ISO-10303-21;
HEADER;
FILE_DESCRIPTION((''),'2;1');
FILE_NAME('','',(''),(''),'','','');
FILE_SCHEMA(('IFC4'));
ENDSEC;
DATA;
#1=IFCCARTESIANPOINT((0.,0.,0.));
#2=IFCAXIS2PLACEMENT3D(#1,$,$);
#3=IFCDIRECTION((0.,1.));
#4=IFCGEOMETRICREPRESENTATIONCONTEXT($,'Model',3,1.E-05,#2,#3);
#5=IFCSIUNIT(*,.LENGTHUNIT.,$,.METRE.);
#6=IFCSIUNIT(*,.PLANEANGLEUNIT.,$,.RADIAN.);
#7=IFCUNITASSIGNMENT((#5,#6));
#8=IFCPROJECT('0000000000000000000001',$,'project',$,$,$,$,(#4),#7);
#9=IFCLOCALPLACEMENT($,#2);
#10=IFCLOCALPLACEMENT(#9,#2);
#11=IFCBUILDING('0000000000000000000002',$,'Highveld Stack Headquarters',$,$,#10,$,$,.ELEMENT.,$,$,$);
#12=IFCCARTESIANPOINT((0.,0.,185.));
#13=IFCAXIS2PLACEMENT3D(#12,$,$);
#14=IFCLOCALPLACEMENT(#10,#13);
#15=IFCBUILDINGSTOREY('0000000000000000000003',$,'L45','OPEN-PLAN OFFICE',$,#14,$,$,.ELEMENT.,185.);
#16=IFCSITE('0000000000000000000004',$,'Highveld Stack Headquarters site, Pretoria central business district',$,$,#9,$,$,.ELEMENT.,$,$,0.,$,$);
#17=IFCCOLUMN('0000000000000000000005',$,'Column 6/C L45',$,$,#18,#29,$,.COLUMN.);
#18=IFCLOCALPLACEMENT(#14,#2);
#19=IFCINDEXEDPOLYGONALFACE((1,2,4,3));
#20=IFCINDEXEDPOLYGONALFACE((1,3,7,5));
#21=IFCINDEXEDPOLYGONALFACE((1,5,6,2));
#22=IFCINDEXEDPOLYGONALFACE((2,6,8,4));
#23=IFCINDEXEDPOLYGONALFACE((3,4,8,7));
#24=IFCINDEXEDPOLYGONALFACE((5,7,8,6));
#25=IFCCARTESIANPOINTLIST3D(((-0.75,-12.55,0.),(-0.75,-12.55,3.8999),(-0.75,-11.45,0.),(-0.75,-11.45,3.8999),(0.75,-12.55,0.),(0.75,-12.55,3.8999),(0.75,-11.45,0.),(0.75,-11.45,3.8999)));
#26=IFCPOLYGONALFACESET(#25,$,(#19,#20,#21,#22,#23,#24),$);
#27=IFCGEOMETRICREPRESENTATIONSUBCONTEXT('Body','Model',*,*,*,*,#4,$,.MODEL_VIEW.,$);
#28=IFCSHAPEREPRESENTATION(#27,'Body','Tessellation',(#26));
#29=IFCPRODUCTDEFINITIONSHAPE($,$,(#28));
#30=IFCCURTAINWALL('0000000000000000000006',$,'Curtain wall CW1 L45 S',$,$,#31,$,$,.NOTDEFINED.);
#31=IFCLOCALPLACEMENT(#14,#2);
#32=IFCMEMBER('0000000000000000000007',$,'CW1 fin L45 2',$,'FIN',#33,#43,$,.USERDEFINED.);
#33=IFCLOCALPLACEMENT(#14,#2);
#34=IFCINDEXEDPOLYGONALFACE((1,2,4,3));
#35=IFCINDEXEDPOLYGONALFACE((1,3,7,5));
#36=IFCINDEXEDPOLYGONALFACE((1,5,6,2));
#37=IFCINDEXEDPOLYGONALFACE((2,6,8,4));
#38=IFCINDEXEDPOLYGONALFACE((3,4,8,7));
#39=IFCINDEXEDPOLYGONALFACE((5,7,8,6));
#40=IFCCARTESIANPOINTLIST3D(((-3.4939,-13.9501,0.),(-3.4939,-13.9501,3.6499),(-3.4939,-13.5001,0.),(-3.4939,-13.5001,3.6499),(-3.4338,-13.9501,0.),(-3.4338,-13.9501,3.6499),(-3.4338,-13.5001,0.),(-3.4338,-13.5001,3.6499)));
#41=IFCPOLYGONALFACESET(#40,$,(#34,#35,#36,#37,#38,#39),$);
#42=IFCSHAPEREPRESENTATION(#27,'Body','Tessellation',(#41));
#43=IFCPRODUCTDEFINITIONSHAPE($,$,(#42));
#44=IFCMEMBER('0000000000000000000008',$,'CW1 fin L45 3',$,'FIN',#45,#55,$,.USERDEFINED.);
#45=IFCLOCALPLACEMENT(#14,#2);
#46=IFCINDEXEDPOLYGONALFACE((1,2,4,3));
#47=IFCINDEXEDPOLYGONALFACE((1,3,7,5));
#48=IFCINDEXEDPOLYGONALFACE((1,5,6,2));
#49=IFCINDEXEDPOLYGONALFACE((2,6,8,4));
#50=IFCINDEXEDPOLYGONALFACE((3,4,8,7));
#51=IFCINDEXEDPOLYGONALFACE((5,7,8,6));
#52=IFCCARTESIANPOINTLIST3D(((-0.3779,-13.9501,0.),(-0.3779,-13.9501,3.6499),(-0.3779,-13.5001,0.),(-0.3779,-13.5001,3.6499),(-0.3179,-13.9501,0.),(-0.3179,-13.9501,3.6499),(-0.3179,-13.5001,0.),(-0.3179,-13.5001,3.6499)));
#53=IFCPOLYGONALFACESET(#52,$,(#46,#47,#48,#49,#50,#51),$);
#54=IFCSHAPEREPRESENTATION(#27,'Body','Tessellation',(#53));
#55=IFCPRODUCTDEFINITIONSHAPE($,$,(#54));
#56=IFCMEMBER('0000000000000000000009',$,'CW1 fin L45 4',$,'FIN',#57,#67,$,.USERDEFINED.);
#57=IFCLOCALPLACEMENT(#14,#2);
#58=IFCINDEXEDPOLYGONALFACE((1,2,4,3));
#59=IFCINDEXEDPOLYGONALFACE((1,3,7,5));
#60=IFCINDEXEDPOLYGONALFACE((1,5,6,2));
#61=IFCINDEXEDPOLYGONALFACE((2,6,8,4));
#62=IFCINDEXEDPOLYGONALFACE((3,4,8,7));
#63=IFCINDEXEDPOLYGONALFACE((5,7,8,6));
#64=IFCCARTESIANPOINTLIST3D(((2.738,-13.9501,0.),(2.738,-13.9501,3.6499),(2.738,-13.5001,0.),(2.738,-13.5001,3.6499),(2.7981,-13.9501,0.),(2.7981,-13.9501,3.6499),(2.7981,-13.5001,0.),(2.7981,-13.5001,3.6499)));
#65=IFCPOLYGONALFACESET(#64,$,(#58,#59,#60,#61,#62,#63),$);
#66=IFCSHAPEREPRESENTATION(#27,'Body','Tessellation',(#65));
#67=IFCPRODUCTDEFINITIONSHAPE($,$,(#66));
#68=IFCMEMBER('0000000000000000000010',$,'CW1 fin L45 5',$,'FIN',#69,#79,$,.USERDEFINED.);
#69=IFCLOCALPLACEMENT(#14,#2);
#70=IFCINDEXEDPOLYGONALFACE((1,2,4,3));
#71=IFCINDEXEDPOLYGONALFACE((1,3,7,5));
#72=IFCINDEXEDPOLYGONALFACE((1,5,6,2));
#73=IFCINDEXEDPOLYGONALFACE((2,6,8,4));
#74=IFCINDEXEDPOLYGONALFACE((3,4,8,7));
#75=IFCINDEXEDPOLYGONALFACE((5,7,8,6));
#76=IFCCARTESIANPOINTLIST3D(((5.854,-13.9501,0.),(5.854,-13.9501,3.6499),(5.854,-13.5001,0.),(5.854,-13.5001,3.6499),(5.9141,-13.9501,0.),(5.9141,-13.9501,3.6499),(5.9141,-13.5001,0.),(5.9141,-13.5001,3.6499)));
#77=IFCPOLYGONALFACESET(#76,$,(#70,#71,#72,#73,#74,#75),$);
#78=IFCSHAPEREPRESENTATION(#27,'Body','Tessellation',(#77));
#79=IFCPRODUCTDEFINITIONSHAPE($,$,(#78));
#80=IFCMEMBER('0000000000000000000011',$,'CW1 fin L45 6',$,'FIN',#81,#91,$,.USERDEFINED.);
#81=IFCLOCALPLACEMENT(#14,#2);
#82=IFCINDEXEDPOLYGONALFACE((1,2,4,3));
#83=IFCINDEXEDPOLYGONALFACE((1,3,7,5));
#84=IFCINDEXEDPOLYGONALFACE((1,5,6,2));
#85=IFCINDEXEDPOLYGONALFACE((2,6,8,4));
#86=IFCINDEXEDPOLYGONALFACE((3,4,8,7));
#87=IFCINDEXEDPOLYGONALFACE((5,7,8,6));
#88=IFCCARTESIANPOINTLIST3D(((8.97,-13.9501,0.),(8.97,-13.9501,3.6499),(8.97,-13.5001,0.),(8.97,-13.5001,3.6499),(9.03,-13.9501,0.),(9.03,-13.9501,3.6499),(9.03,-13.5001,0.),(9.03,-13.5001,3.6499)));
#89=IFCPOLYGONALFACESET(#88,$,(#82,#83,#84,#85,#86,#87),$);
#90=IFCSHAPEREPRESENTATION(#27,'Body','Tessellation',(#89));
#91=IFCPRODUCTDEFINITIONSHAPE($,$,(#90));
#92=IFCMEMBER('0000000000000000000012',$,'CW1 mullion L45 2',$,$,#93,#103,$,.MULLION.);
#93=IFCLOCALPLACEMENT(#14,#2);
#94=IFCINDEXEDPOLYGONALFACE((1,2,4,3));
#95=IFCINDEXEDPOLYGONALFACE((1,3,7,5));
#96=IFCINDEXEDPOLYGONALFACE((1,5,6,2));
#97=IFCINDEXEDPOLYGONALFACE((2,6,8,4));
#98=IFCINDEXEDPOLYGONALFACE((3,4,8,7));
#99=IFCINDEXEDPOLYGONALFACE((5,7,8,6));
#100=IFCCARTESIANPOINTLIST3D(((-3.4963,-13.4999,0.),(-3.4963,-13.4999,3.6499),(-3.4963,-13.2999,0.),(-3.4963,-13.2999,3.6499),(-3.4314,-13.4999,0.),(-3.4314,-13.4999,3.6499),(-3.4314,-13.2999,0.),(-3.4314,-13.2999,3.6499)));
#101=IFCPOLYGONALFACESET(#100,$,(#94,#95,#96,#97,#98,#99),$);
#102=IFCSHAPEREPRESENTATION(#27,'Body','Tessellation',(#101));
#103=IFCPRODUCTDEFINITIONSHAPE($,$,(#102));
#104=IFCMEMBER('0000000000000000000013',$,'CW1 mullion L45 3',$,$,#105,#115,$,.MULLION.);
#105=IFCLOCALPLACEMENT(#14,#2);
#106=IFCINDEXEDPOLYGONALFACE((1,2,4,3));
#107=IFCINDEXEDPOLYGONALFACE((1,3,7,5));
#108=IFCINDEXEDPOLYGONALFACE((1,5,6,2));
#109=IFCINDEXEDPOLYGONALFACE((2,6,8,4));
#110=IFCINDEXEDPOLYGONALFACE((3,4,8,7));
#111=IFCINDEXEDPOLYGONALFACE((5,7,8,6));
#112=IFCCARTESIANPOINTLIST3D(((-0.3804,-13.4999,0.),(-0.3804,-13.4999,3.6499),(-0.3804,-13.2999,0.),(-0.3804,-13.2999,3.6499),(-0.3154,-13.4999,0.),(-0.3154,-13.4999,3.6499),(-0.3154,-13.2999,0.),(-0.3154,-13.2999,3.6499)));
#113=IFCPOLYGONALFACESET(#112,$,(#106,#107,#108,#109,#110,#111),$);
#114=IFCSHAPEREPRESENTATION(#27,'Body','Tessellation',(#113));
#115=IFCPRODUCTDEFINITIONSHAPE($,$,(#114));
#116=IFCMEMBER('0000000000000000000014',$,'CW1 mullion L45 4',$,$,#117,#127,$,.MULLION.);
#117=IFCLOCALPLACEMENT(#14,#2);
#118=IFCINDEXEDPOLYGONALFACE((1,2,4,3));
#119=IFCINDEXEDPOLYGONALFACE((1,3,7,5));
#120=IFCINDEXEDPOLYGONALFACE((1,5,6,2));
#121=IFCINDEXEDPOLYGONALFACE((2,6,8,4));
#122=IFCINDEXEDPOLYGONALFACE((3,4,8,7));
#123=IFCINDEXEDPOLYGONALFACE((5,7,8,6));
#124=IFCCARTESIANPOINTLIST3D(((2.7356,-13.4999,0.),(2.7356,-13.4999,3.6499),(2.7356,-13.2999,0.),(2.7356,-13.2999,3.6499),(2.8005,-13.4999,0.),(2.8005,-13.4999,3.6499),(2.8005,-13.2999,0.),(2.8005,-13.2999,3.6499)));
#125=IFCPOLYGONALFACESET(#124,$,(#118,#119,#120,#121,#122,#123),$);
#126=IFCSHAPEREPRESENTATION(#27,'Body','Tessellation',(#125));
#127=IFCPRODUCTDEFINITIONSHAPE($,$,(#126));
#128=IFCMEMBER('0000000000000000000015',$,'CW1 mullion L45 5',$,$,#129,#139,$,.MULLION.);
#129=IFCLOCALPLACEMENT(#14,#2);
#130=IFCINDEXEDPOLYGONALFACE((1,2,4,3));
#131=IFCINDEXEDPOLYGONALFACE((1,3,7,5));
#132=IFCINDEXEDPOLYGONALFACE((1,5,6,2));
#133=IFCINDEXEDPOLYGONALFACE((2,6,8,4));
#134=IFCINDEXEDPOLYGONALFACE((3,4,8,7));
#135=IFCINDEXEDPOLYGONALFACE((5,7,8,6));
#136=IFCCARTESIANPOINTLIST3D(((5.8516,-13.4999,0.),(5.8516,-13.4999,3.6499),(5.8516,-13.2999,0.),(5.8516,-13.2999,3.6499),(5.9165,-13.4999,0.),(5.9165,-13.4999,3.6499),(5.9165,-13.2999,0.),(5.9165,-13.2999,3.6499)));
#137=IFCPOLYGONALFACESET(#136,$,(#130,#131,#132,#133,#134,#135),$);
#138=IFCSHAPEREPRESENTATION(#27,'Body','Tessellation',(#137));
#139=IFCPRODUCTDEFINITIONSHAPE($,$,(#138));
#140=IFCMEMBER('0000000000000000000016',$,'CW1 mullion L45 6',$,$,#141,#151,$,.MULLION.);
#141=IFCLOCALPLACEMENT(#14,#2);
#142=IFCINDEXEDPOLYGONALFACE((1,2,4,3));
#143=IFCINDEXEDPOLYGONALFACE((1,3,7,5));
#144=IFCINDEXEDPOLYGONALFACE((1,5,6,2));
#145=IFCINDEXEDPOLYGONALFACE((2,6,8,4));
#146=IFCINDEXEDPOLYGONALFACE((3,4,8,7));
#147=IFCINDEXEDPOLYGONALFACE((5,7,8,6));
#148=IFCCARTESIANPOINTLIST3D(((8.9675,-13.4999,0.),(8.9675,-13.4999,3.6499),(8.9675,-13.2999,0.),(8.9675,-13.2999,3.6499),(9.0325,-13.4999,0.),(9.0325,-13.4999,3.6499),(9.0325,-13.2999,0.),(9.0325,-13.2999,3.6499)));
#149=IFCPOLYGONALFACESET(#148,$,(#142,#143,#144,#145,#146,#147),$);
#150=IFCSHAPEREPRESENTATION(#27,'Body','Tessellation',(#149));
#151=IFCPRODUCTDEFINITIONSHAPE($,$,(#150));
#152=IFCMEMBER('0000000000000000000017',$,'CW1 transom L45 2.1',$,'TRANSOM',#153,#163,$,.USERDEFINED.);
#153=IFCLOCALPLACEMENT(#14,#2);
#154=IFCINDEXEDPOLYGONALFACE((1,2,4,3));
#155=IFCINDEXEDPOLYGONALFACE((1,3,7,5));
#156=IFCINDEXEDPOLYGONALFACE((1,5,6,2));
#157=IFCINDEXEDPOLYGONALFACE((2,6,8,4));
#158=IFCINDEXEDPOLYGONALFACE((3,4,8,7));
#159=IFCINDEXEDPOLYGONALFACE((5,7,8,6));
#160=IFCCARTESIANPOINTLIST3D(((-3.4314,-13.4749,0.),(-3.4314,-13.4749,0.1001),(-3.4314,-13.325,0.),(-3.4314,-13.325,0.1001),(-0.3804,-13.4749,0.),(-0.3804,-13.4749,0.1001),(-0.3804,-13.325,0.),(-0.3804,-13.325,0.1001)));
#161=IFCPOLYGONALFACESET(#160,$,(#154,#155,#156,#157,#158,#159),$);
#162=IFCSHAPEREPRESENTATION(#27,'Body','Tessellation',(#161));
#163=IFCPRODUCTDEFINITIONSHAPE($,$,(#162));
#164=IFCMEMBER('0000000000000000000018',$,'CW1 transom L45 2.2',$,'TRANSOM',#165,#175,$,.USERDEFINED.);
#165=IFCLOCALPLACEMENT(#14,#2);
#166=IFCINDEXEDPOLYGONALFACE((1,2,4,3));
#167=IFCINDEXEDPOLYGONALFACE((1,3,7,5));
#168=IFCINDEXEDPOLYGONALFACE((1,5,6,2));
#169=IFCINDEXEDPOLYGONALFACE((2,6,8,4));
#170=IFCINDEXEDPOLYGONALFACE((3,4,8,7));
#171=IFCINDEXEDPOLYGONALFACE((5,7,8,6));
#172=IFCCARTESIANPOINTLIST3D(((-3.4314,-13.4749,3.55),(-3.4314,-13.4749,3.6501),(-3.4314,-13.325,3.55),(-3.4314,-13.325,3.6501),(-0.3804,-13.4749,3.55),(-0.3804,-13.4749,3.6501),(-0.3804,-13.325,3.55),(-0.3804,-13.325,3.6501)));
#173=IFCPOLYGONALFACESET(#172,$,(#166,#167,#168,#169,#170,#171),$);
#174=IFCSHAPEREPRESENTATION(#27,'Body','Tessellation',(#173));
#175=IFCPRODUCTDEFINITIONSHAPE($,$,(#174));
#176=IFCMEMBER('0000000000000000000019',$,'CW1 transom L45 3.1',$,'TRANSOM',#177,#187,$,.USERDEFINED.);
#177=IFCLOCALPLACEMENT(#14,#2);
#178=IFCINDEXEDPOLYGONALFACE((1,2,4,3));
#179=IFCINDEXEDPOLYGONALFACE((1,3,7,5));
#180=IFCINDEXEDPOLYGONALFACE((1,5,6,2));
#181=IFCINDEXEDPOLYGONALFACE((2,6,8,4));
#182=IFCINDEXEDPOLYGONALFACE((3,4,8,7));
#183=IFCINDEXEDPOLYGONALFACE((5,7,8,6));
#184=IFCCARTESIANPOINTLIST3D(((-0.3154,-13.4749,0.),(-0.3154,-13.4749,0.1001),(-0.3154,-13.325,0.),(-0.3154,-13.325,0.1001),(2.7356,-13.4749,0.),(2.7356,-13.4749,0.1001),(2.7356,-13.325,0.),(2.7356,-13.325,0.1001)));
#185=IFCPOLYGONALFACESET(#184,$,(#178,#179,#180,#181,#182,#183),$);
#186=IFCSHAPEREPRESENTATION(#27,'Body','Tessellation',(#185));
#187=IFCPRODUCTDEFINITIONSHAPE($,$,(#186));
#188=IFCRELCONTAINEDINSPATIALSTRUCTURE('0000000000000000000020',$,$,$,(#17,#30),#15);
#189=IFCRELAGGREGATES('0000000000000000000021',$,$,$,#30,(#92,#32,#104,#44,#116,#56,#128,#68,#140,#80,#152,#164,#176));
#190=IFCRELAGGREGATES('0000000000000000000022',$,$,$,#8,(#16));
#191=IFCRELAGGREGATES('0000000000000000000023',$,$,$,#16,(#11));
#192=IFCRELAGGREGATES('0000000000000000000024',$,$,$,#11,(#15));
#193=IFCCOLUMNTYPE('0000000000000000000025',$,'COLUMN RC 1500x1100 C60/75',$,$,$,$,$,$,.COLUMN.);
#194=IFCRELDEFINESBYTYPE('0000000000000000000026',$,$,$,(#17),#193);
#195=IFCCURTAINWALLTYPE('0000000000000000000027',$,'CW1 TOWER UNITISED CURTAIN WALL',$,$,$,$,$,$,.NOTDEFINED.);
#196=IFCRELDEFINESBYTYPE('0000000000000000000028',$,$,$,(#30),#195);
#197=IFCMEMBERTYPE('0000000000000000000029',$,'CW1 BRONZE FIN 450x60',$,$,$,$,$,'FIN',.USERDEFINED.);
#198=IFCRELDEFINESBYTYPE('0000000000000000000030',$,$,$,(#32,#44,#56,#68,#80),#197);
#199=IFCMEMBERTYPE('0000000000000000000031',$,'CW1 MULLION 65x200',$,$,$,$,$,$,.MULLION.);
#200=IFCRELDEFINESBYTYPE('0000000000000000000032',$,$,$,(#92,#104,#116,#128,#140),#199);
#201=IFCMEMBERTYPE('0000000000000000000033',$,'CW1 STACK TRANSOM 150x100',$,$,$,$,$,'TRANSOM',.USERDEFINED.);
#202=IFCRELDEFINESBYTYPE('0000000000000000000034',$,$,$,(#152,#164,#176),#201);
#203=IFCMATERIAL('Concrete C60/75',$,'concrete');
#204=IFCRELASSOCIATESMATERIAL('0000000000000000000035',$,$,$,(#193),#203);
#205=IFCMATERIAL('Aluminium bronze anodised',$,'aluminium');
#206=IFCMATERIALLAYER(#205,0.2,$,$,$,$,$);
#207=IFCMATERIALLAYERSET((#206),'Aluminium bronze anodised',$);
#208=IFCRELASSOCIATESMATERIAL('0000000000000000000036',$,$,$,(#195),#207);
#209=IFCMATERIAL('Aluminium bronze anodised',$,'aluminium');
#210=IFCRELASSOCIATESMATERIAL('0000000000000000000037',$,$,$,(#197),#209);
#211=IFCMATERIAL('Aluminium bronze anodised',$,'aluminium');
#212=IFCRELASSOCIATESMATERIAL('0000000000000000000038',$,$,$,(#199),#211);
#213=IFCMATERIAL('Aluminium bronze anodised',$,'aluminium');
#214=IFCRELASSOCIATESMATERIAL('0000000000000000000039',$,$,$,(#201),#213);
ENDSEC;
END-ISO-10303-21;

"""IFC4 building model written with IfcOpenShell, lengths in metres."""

from ifc_helpers import new_model, si_unit, direction, frame, origin, origin_2d, place, context, subcontext, project, spatial, rectangle, extrude, material, layer, layer_set, material_profile, profile_set, type_object, element, aggregate, save


model = new_model("IFC4")

# Units and contexts
model_context = context("Model", 3, precision=1e-05, world=origin(), true_north=direction((0.0, 1.0)))
body_context = subcontext(model_context, "Body", "Model", "MODEL_VIEW")
ifc_project = project(units=[si_unit("LENGTHUNIT", "METRE"), si_unit("PLANEANGLEUNIT", "RADIAN")], contexts=[model_context])

# Site, building, storey
site_placement = place(None, origin())
site = spatial("IfcSite", under=ifc_project, at=site_placement, Name="Highveld Stack Headquarters site, Pretoria central business district", CompositionType="ELEMENT", RefElevation=0.0)
building_placement = place(site_placement, origin())
building = spatial("IfcBuilding", under=site, at=building_placement, Name="Highveld Stack Headquarters", CompositionType="ELEMENT")
storey_placement = place(building_placement, frame((0.0, 0.0, 185.0)))
storey = spatial("IfcBuildingStorey", under=building, at=storey_placement, Name="L45", Description="OPEN-PLAN OFFICE", CompositionType="ELEMENT", Elevation=185.0)

# Column
ifc_material_1 = material(Name="Concrete C60/75", Category="concrete")
ifc_material_profile_1 = material_profile(ifc_material_1, rectangle(XDim=1.5, YDim=1.1001, at=origin_2d()), Name="RC 1500x1100")
ifc_profile_set_1 = profile_set([ifc_material_profile_1], Name="Concrete C60/75")
column_type = type_object("IfcColumnType", Name="COLUMN RC 1500x1100 C60/75", PredefinedType="COLUMN", material=ifc_profile_set_1)
column_placement = place(storey_placement, frame((0.0, -12.0, 0.0), z_axis=(0.0, 0.0, 1.0), x_axis=(1.0, 0.0, 0.0)))
element("IfcColumn", 1, at=column_placement, inside=storey, type_object=column_type, Name="Column 6/C L45", PredefinedType="COLUMN", context=body_context, shape_type="SweptSolid", body=[
    extrude(rectangle(XDim=1.5, YDim=1.1001, at=origin_2d()), origin(), (0.0, 0.0, 1.0), 3.8999),
])

# Curtain wall, members
ifc_material_2 = material(Name="Aluminium bronze anodised", Category="aluminium")
ifc_layer_1 = layer(ifc_material_2, 0.2)
ifc_layer_set_1 = layer_set([ifc_layer_1], Name="Aluminium bronze anodised")
curtain_wall_type = type_object("IfcCurtainWallType", Name="CW1 TOWER UNITISED CURTAIN WALL", PredefinedType="NOTDEFINED", material=ifc_layer_set_1)
curtain_wall_placement = place(storey_placement, origin())
curtain_wall = element("IfcCurtainWall", 2, at=curtain_wall_placement, inside=storey, type_object=curtain_wall_type, Name="Curtain wall CW1 L45 S", PredefinedType="NOTDEFINED")
ifc_material_3 = material(Name="Aluminium bronze anodised", Category="aluminium")
ifc_material_profile_2 = material_profile(ifc_material_3, rectangle(XDim=0.45, YDim=0.0601, at=origin_2d()), Name="FIN 450x60")
ifc_profile_set_2 = profile_set([ifc_material_profile_2], Name="Aluminium bronze anodised")
member_type_1 = type_object("IfcMemberType", Name="CW1 BRONZE FIN 450x60", ElementType="FIN", PredefinedType="USERDEFINED", material=ifc_profile_set_2)
member_1_placement = place(storey_placement, frame((-3.4639, -13.7251, 0.0), z_axis=(0.0, 0.0, 1.0), x_axis=(0.0, 1.0, 0.0)))
member_1 = element("IfcMember", 3, at=member_1_placement, type_object=member_type_1, Name="CW1 fin L45 2", ObjectType="FIN", PredefinedType="USERDEFINED", context=body_context, shape_type="SweptSolid", body=[
    extrude(rectangle(XDim=0.45, YDim=0.0601, at=origin_2d()), origin(), (0.0, 0.0, 1.0), 3.6499),
])
member_2_placement = place(storey_placement, frame((-0.3479, -13.7251, 0.0), z_axis=(0.0, 0.0, 1.0), x_axis=(0.0, 1.0, 0.0)))
member_2 = element("IfcMember", 4, at=member_2_placement, type_object=member_type_1, Name="CW1 fin L45 3", ObjectType="FIN", PredefinedType="USERDEFINED", context=body_context, shape_type="SweptSolid", body=[
    extrude(rectangle(XDim=0.45, YDim=0.0601, at=origin_2d()), origin(), (0.0, 0.0, 1.0), 3.6499),
])
member_3_placement = place(storey_placement, frame((2.7681, -13.7251, 0.0), z_axis=(0.0, 0.0, 1.0), x_axis=(0.0, 1.0, 0.0)))
member_3 = element("IfcMember", 5, at=member_3_placement, type_object=member_type_1, Name="CW1 fin L45 4", ObjectType="FIN", PredefinedType="USERDEFINED", context=body_context, shape_type="SweptSolid", body=[
    extrude(rectangle(XDim=0.45, YDim=0.0601, at=origin_2d()), origin(), (0.0, 0.0, 1.0), 3.6499),
])
member_4_placement = place(storey_placement, frame((5.884, -13.7251, 0.0), z_axis=(0.0, 0.0, 1.0), x_axis=(0.0, 1.0, 0.0)))
member_4 = element("IfcMember", 6, at=member_4_placement, type_object=member_type_1, Name="CW1 fin L45 5", ObjectType="FIN", PredefinedType="USERDEFINED", context=body_context, shape_type="SweptSolid", body=[
    extrude(rectangle(XDim=0.45, YDim=0.0601, at=origin_2d()), origin(), (0.0, 0.0, 1.0), 3.6499),
])
member_5_placement = place(storey_placement, frame((9.0, -13.7251, 0.0), z_axis=(0.0, 0.0, 1.0), x_axis=(0.0, 1.0, 0.0)))
member_5 = element("IfcMember", 7, at=member_5_placement, type_object=member_type_1, Name="CW1 fin L45 6", ObjectType="FIN", PredefinedType="USERDEFINED", context=body_context, shape_type="SweptSolid", body=[
    extrude(rectangle(XDim=0.45, YDim=0.0601, at=origin_2d()), origin(), (0.0, 0.0, 1.0), 3.6499),
])
ifc_material_4 = material(Name="Aluminium bronze anodised", Category="aluminium")
ifc_material_profile_3 = material_profile(ifc_material_4, rectangle(XDim=0.2, YDim=0.0649, at=origin_2d()), Name="CW1 MULLION 65x200")
ifc_profile_set_3 = profile_set([ifc_material_profile_3], Name="Aluminium bronze anodised")
member_type_2 = type_object("IfcMemberType", Name="CW1 MULLION 65x200", PredefinedType="MULLION", material=ifc_profile_set_3)
member_6_placement = place(storey_placement, frame((-3.4639, -13.3999, 0.0), z_axis=(0.0, 0.0, 1.0), x_axis=(0.0, 1.0, 0.0)))
member_6 = element("IfcMember", 8, at=member_6_placement, type_object=member_type_2, Name="CW1 mullion L45 2", PredefinedType="MULLION", context=body_context, shape_type="SweptSolid", body=[
    extrude(rectangle(XDim=0.2, YDim=0.0649, at=origin_2d()), origin(), (0.0, 0.0, 1.0), 3.6499),
])
member_7_placement = place(storey_placement, frame((-0.3479, -13.3999, 0.0), z_axis=(0.0, 0.0, 1.0), x_axis=(0.0, 1.0, 0.0)))
member_7 = element("IfcMember", 9, at=member_7_placement, type_object=member_type_2, Name="CW1 mullion L45 3", PredefinedType="MULLION", context=body_context, shape_type="SweptSolid", body=[
    extrude(rectangle(XDim=0.2, YDim=0.0649, at=origin_2d()), origin(), (0.0, 0.0, 1.0), 3.6499),
])
member_8_placement = place(storey_placement, frame((2.7681, -13.3999, 0.0), z_axis=(0.0, 0.0, 1.0), x_axis=(0.0, 1.0, 0.0)))
member_8 = element("IfcMember", 10, at=member_8_placement, type_object=member_type_2, Name="CW1 mullion L45 4", PredefinedType="MULLION", context=body_context, shape_type="SweptSolid", body=[
    extrude(rectangle(XDim=0.2, YDim=0.0649, at=origin_2d()), origin(), (0.0, 0.0, 1.0), 3.6499),
])
member_9_placement = place(storey_placement, frame((5.884, -13.3999, 0.0), z_axis=(0.0, 0.0, 1.0), x_axis=(0.0, 1.0, 0.0)))
member_9 = element("IfcMember", 11, at=member_9_placement, type_object=member_type_2, Name="CW1 mullion L45 5", PredefinedType="MULLION", context=body_context, shape_type="SweptSolid", body=[
    extrude(rectangle(XDim=0.2, YDim=0.0649, at=origin_2d()), origin(), (0.0, 0.0, 1.0), 3.6499),
])
member_10_placement = place(storey_placement, frame((9.0, -13.3999, 0.0), z_axis=(0.0, 0.0, 1.0), x_axis=(0.0, 1.0, 0.0)))
member_10 = element("IfcMember", 12, at=member_10_placement, type_object=member_type_2, Name="CW1 mullion L45 6", PredefinedType="MULLION", context=body_context, shape_type="SweptSolid", body=[
    extrude(rectangle(XDim=0.2, YDim=0.0649, at=origin_2d()), origin(), (0.0, 0.0, 1.0), 3.6499),
])
ifc_material_5 = material(Name="Aluminium bronze anodised", Category="aluminium")
ifc_material_profile_4 = material_profile(ifc_material_5, rectangle(XDim=0.1499, YDim=0.1001, at=origin_2d()), Name="CW1 TRANSOM 150x100")
ifc_profile_set_4 = profile_set([ifc_material_profile_4], Name="Aluminium bronze anodised")
member_type_3 = type_object("IfcMemberType", Name="CW1 STACK TRANSOM 150x100", ElementType="TRANSOM", PredefinedType="USERDEFINED", material=ifc_profile_set_4)
member_11_placement = place(storey_placement, frame((-3.4314, -13.3999, 0.05), z_axis=(1.0, 0.0, 0.0), x_axis=(0.0, 1.0, 0.0)))
member_11 = element("IfcMember", 13, at=member_11_placement, type_object=member_type_3, Name="CW1 transom L45 2.1", ObjectType="TRANSOM", PredefinedType="USERDEFINED", context=body_context, shape_type="SweptSolid", body=[
    extrude(rectangle(XDim=0.1499, YDim=0.1001, at=origin_2d()), origin(), (0.0, 0.0, 1.0), 3.051),
])
member_12_placement = place(storey_placement, frame((-3.4314, -13.3999, 3.6001), z_axis=(1.0, 0.0, 0.0), x_axis=(0.0, 1.0, 0.0)))
member_12 = element("IfcMember", 14, at=member_12_placement, type_object=member_type_3, Name="CW1 transom L45 2.2", ObjectType="TRANSOM", PredefinedType="USERDEFINED", context=body_context, shape_type="SweptSolid", body=[
    extrude(rectangle(XDim=0.1499, YDim=0.1001, at=origin_2d()), origin(), (0.0, 0.0, 1.0), 3.051),
])
member_13_placement = place(storey_placement, frame((-0.3154, -13.3999, 0.05), z_axis=(1.0, 0.0, 0.0), x_axis=(0.0, 1.0, 0.0)))
member_13 = element("IfcMember", 15, at=member_13_placement, type_object=member_type_3, Name="CW1 transom L45 3.1", ObjectType="TRANSOM", PredefinedType="USERDEFINED", context=body_context, shape_type="SweptSolid", body=[
    extrude(rectangle(XDim=0.1499, YDim=0.1001, at=origin_2d()), origin(), (0.0, 0.0, 1.0), 3.051),
])
aggregate(curtain_wall, [member_6, member_1, member_7, member_2, member_8, member_3, member_9, member_4, member_10, member_5, member_11, member_12, member_13])

save(model, "model.ifc")
